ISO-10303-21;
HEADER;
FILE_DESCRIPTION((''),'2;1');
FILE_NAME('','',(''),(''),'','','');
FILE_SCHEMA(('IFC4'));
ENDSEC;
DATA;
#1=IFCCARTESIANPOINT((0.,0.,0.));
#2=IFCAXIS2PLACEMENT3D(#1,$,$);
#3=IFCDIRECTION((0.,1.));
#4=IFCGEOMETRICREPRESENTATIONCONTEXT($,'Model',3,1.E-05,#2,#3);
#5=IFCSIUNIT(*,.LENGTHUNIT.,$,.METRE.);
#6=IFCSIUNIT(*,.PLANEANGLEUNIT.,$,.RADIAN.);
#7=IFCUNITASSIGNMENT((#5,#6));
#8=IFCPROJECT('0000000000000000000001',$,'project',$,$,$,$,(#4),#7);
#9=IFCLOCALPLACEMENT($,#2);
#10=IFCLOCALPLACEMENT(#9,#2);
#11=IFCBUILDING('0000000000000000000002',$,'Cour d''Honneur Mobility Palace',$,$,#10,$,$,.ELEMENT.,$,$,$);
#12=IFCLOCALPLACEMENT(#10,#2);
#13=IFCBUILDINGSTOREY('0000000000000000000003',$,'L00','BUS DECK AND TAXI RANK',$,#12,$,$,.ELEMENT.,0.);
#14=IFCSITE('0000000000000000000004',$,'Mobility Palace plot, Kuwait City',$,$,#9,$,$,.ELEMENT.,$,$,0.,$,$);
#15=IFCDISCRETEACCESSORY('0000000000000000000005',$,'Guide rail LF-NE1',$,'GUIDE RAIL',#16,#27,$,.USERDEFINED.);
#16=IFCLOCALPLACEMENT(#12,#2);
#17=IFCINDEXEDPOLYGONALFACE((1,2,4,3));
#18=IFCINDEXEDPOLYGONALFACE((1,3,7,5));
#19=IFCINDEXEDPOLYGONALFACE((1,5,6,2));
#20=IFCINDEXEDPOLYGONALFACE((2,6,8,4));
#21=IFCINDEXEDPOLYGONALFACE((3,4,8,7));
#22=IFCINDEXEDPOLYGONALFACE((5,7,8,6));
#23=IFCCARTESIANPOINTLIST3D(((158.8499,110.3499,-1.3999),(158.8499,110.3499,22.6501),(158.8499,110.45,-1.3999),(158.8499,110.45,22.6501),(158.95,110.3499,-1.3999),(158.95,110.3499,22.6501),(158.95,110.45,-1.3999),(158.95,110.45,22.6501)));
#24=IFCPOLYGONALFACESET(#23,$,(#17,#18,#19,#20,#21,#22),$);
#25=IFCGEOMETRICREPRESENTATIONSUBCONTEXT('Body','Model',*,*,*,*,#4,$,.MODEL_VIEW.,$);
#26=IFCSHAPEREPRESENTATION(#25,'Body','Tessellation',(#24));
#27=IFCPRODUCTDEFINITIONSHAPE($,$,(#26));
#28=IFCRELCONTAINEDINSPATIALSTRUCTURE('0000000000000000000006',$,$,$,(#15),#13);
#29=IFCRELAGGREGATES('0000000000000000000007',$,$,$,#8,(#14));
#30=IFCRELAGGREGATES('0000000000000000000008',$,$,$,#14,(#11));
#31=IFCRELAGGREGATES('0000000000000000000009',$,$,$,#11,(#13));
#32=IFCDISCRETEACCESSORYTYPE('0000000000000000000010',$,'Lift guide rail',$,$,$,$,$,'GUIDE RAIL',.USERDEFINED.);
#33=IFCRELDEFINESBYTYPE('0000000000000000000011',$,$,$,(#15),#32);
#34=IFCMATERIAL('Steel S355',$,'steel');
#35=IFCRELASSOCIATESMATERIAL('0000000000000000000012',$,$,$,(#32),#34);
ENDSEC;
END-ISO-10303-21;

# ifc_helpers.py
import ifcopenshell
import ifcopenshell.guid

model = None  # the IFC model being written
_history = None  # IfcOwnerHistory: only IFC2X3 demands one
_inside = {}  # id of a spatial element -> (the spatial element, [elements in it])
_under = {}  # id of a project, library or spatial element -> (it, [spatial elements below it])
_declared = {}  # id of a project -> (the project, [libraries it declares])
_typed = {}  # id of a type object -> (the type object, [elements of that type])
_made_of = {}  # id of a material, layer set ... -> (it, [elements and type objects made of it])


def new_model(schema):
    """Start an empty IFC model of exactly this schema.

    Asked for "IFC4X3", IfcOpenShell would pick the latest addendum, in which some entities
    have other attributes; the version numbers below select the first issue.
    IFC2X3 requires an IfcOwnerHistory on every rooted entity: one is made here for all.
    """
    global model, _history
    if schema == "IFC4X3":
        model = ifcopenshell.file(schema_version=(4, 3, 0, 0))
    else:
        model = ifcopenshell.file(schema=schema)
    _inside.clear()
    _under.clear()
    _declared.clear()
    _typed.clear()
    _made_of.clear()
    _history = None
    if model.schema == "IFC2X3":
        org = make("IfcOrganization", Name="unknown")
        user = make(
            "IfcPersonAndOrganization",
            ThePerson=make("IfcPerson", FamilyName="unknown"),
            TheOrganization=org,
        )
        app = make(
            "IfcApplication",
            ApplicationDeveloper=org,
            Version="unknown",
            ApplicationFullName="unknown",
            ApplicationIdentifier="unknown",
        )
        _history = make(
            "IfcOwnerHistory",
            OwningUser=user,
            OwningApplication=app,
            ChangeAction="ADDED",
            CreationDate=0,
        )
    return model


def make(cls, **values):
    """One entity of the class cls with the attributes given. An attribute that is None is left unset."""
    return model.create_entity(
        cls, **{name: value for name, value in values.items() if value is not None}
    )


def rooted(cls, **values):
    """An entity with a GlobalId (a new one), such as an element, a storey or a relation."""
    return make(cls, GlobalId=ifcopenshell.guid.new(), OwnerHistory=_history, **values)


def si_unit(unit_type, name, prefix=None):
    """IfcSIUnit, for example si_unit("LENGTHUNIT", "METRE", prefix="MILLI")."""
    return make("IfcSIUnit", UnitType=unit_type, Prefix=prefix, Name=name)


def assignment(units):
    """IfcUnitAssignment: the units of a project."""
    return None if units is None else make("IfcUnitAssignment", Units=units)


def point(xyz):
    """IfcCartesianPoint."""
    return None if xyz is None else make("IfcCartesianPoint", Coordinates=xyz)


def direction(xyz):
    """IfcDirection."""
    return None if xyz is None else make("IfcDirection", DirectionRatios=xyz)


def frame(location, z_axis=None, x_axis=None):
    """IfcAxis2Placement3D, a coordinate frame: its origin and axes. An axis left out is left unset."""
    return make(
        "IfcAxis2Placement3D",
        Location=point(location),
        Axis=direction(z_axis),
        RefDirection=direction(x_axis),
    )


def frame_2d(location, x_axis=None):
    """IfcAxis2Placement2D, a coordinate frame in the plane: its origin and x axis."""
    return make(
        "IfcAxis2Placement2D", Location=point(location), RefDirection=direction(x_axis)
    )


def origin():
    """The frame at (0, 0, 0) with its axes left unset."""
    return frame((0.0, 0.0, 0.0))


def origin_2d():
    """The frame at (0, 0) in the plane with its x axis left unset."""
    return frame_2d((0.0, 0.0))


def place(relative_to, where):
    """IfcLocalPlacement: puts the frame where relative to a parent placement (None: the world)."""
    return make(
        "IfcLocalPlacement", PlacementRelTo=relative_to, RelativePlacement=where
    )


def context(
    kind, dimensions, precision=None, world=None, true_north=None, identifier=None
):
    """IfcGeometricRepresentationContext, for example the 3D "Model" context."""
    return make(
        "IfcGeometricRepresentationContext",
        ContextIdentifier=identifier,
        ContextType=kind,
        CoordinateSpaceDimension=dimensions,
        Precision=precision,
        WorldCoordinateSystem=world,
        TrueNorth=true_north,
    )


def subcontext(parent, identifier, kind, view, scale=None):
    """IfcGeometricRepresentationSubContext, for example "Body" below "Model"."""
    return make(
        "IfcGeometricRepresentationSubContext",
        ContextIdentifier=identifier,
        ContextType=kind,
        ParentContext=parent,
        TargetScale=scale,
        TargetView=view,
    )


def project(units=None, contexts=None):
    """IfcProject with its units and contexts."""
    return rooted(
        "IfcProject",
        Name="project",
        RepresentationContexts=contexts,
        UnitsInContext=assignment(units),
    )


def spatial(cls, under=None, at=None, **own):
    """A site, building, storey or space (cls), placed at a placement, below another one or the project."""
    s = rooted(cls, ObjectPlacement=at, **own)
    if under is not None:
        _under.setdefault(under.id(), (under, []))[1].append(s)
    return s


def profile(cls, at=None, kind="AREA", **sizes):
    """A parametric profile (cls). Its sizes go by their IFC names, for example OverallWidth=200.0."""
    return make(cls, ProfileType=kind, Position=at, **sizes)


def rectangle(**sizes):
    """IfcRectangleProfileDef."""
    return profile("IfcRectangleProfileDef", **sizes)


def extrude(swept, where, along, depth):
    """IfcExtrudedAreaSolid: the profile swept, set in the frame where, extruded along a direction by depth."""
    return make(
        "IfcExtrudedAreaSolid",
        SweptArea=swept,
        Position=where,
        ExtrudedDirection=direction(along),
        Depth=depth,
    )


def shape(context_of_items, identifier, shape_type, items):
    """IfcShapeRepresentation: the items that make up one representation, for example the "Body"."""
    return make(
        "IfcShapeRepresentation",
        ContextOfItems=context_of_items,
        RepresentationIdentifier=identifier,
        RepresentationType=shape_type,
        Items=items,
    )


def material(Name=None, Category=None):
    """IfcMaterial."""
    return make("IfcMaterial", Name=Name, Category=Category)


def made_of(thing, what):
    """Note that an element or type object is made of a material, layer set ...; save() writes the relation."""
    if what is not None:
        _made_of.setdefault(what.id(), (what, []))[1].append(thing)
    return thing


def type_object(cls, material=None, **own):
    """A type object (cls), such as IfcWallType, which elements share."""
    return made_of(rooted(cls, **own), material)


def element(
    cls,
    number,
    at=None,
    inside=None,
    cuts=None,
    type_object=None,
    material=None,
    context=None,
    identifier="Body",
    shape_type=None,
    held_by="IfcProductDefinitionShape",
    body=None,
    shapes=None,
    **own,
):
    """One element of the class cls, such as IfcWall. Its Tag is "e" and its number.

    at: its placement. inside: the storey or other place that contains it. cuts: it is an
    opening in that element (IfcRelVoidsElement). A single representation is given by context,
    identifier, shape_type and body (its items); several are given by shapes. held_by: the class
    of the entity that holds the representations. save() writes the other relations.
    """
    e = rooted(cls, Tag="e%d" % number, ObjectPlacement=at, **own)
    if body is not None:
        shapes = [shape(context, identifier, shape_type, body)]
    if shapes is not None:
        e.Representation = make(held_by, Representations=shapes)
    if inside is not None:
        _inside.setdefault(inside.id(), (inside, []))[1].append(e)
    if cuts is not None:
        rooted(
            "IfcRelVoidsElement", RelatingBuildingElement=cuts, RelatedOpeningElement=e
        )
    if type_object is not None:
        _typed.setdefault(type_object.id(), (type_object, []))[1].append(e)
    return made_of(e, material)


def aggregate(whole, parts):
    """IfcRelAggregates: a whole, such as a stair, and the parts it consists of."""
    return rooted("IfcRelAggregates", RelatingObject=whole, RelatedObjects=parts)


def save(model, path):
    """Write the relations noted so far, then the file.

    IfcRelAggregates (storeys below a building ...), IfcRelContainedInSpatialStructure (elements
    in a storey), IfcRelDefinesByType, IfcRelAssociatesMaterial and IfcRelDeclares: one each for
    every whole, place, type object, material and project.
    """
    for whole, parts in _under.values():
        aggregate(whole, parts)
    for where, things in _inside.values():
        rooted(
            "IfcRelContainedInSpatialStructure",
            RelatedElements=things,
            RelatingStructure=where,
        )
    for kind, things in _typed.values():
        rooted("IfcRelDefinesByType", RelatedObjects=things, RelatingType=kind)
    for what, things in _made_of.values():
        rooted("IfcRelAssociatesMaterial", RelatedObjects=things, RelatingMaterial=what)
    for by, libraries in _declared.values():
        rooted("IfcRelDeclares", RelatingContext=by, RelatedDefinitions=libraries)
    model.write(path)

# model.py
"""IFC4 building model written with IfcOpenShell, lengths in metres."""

from ifc_helpers import new_model, si_unit, direction, frame, origin, origin_2d, place, context, subcontext, project, spatial, rectangle, extrude, material, type_object, element, save


model = new_model("IFC4")

# Units and contexts
model_context = context("Model", 3, precision=1e-05, world=origin(), true_north=direction((0.0, 1.0)))
body_context = subcontext(model_context, "Body", "Model", "MODEL_VIEW")
ifc_project = project(units=[si_unit("LENGTHUNIT", "METRE"), si_unit("PLANEANGLEUNIT", "RADIAN")], contexts=[model_context])

# Site, building, storey
site_placement = place(None, origin())
site = spatial("IfcSite", under=ifc_project, at=site_placement, Name="Mobility Palace plot, Kuwait City", CompositionType="ELEMENT", RefElevation=0.0)
building_placement = place(site_placement, origin())
building = spatial("IfcBuilding", under=site, at=building_placement, Name="Cour d'Honneur Mobility Palace", CompositionType="ELEMENT")
storey_placement = place(building_placement, origin())
storey = spatial("IfcBuildingStorey", under=building, at=storey_placement, Name="L00", Description="BUS DECK AND TAXI RANK", CompositionType="ELEMENT", Elevation=0.0)

# Discrete accessory
ifc_material_1 = material(Name="Steel S355", Category="steel")
discrete_accessory_type = type_object("IfcDiscreteAccessoryType", Name="Lift guide rail", ElementType="GUIDE RAIL", PredefinedType="USERDEFINED", material=ifc_material_1)
for number, where, z_axis, x_axis, name in (
    (1, (158.8999, 110.3999, -1.3999), (0.0, 0.0, 1.0), (1.0, 0.0, 0.0), "Guide rail LF-NE1"),
):
    element("IfcDiscreteAccessory", number, at=place(storey_placement, frame(where, z_axis=z_axis, x_axis=x_axis)), inside=storey, type_object=discrete_accessory_type, Name=name, ObjectType="GUIDE RAIL", PredefinedType="USERDEFINED", context=body_context, shape_type="SweptSolid", body=[
        extrude(rectangle(XDim=0.1001, YDim=0.1001, at=origin_2d()), origin(), (0.0, 0.0, 1.0), 24.05),
    ])

save(model, "model.ifc")
